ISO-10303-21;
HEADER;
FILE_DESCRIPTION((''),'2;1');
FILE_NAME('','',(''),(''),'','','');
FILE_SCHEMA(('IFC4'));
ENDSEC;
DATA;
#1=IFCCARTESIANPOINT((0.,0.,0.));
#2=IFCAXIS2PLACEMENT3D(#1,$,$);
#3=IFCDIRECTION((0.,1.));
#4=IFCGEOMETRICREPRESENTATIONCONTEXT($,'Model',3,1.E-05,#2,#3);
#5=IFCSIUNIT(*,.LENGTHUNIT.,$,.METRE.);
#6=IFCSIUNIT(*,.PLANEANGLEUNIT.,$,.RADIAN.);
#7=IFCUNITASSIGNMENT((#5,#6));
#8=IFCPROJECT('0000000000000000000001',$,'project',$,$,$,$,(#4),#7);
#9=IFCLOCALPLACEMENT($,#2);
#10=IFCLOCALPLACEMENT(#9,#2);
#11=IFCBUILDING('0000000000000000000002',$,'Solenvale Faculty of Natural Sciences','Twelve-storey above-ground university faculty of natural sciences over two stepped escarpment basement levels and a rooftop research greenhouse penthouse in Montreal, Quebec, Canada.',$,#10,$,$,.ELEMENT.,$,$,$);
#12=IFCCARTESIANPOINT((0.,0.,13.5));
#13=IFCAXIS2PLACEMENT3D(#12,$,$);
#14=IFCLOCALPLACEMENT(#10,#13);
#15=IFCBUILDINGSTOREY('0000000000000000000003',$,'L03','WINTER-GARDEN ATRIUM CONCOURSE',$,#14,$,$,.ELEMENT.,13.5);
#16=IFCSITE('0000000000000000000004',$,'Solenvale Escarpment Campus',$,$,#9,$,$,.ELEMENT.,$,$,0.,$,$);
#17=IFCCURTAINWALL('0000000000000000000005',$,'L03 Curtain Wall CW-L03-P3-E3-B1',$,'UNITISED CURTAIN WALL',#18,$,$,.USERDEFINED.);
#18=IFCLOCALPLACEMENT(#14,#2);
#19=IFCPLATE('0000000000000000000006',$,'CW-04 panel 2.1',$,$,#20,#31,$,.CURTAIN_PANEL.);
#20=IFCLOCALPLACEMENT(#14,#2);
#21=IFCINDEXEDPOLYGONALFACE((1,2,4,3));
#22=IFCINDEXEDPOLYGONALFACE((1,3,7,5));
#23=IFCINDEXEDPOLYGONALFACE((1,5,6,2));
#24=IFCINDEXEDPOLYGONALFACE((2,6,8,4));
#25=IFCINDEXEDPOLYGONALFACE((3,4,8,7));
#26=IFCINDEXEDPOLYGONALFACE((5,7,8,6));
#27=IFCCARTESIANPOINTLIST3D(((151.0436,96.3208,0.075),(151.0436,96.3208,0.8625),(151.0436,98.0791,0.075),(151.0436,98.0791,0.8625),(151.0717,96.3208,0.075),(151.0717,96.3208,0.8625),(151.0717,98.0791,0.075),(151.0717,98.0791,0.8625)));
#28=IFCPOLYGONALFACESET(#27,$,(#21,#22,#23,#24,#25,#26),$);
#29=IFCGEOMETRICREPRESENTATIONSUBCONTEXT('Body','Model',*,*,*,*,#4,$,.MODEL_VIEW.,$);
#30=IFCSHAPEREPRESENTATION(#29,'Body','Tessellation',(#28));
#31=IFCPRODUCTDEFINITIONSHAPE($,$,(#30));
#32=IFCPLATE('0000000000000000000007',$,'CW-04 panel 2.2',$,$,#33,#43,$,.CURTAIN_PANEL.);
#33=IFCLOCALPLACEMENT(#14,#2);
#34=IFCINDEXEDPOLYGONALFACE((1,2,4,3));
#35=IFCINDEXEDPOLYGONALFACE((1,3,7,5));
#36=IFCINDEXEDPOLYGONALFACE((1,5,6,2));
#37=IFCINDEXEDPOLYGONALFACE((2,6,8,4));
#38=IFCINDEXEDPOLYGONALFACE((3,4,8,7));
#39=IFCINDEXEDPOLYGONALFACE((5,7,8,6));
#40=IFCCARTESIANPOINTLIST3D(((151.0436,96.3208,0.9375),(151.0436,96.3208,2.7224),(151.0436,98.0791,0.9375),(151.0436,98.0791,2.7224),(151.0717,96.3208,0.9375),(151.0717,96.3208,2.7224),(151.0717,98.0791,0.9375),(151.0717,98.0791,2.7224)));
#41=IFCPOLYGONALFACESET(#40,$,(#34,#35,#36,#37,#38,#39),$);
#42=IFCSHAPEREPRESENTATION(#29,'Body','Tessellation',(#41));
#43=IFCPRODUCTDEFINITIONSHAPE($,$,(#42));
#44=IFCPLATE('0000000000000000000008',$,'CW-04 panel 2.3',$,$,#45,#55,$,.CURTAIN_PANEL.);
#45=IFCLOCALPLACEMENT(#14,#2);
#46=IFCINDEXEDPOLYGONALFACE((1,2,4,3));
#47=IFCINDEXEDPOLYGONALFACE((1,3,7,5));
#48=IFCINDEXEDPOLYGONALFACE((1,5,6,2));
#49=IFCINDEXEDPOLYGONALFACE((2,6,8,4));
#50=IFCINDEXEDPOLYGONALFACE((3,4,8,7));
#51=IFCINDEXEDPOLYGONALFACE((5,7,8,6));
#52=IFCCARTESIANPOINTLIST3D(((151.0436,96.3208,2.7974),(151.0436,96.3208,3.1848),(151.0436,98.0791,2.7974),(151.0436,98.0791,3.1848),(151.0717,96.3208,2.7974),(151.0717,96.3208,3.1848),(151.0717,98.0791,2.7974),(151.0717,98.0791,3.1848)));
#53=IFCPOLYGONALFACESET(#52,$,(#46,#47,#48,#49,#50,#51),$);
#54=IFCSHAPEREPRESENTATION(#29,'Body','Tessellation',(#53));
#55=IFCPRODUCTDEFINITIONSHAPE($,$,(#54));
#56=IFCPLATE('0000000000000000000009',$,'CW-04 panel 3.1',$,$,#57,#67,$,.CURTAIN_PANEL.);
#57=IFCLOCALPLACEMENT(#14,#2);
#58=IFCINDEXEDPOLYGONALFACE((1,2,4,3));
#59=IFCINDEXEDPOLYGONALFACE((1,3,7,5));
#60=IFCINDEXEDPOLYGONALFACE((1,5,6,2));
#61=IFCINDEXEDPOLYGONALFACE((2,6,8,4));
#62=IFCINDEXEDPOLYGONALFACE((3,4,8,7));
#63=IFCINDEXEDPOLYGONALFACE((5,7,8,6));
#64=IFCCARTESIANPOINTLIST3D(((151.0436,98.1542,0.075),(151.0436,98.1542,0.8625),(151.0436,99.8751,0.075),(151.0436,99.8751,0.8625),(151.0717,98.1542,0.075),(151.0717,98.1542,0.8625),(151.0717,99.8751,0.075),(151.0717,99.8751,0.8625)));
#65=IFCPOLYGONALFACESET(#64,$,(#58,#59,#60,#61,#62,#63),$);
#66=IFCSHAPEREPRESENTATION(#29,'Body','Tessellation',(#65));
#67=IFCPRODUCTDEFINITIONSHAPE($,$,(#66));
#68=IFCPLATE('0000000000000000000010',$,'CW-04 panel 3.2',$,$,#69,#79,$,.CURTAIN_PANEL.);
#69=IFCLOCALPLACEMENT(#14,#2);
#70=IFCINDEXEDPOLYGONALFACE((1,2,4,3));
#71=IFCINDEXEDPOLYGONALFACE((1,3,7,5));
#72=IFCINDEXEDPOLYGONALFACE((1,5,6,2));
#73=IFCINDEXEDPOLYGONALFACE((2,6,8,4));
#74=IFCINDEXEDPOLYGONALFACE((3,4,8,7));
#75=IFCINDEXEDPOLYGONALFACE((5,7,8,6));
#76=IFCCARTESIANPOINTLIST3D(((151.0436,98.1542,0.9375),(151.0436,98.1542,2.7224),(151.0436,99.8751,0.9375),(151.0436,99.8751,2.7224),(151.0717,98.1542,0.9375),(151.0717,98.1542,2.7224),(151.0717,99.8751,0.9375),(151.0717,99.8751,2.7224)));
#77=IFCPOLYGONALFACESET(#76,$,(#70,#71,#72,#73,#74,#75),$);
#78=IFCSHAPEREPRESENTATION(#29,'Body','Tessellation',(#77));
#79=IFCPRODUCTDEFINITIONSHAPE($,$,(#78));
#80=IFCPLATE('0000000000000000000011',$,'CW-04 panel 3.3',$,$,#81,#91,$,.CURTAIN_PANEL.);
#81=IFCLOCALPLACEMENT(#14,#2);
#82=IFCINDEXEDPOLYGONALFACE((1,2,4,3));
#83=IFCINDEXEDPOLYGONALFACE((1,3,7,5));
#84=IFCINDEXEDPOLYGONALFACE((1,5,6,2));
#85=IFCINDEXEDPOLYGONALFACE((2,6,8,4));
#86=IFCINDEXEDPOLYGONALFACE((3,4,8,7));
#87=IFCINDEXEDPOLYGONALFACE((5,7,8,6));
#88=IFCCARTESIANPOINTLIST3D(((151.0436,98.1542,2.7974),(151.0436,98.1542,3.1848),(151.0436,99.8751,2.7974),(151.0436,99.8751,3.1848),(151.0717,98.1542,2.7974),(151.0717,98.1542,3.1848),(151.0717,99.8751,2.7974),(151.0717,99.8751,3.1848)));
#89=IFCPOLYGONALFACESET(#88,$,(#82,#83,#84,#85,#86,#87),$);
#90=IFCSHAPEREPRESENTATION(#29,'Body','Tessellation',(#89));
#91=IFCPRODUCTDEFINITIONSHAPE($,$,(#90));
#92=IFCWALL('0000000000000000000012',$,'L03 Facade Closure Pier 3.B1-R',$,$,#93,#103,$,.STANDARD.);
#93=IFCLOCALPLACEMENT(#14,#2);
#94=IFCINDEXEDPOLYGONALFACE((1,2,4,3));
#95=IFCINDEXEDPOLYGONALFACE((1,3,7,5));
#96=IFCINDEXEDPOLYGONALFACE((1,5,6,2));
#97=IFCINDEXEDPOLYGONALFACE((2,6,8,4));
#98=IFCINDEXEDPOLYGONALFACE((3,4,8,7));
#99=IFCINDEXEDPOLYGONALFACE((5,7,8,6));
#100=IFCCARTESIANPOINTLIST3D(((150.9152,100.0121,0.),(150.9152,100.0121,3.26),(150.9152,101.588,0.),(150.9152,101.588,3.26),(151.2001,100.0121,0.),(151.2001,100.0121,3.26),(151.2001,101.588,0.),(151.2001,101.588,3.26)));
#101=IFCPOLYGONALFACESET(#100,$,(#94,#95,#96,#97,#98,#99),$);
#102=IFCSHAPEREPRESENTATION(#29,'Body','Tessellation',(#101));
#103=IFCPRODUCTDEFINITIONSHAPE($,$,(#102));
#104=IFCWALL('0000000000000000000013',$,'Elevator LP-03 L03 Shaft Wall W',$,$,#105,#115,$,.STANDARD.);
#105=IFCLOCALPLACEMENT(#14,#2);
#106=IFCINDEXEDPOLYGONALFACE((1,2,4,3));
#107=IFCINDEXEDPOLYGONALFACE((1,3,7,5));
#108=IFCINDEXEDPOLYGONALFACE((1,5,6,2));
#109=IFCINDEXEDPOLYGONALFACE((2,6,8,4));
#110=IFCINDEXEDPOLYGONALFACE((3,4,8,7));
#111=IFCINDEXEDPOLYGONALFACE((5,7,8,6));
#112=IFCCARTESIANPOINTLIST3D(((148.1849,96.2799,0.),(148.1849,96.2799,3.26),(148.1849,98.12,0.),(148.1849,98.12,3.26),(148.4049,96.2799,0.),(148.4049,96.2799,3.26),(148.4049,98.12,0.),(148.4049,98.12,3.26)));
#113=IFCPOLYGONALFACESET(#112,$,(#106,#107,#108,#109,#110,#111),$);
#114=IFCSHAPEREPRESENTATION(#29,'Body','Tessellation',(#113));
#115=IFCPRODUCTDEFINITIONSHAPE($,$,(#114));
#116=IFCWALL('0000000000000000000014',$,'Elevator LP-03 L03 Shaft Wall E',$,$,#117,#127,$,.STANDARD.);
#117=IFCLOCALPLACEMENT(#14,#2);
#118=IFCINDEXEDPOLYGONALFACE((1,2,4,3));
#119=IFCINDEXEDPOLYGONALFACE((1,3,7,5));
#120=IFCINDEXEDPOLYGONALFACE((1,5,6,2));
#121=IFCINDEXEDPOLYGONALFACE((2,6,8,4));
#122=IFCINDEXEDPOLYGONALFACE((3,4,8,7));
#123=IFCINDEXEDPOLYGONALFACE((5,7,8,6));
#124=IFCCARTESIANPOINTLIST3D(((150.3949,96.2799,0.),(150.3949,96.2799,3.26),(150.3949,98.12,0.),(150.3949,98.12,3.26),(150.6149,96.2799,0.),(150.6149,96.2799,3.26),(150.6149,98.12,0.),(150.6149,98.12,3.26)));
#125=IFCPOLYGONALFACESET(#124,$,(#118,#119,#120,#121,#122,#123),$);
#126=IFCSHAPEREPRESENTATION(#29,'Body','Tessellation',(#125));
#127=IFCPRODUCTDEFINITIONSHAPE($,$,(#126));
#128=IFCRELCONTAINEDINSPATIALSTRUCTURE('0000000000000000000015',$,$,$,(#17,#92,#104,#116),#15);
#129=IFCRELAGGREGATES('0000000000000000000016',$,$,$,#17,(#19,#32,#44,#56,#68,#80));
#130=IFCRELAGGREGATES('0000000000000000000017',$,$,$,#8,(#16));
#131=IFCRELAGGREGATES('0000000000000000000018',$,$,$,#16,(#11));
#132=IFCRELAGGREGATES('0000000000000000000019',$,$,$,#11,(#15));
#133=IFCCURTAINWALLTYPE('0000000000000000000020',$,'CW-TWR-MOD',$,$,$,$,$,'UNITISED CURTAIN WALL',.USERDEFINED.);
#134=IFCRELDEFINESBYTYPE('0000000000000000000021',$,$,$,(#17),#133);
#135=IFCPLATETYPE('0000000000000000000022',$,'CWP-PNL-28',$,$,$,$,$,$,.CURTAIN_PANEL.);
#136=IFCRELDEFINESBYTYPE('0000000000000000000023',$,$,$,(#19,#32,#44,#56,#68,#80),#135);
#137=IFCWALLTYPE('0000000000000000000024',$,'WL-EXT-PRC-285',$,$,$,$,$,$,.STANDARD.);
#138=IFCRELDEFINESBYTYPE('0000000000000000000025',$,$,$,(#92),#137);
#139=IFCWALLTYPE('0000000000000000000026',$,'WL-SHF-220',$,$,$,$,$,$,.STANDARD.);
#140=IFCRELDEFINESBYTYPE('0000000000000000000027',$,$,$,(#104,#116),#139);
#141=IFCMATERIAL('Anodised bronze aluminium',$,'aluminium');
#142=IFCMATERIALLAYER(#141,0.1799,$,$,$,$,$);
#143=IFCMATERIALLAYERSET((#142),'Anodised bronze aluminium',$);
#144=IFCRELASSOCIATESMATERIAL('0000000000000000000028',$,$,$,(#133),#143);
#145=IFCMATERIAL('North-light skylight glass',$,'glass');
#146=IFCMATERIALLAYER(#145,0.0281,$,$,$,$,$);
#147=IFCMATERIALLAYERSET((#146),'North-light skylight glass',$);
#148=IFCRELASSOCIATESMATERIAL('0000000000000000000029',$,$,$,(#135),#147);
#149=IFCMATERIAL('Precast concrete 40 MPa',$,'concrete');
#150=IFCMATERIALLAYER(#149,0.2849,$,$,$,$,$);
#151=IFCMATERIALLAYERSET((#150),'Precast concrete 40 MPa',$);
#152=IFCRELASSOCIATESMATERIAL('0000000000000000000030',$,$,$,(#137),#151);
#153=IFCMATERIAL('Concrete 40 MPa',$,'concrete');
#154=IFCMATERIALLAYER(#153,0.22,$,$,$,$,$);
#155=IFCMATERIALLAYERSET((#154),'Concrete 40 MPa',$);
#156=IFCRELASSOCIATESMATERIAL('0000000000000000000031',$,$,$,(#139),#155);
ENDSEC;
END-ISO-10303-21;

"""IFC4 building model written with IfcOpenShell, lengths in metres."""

from ifc_helpers import new_model, si_unit, direction, frame, frame_2d, origin, origin_2d, place, context, subcontext, project, spatial, rectangle, extrude, material, layer, layer_set, type_object, element, aggregate, save


model = new_model("IFC4")

# Units and contexts
model_context = context("Model", 3, precision=1e-05, world=origin(), true_north=direction((0.0, 1.0)))
body_context = subcontext(model_context, "Body", "Model", "MODEL_VIEW")
ifc_project = project(units=[si_unit("LENGTHUNIT", "METRE"), si_unit("PLANEANGLEUNIT", "RADIAN")], contexts=[model_context])

# Site, building, storey
site_placement = place(None, origin())
site = spatial("IfcSite", under=ifc_project, at=site_placement, Name="Solenvale Escarpment Campus", CompositionType="ELEMENT", RefElevation=0.0)
building_placement = place(site_placement, origin())
building = spatial("IfcBuilding", under=site, at=building_placement, Name="Solenvale Faculty of Natural Sciences", Description="Twelve-storey above-ground university faculty of natural sciences over two stepped escarpment basement levels and a rooftop research greenhouse penthouse in Montreal, Quebec, Canada.", CompositionType="ELEMENT")
storey_placement = place(building_placement, frame((0.0, 0.0, 13.5)))
storey = spatial("IfcBuildingStorey", under=building, at=storey_placement, Name="L03", Description="WINTER-GARDEN ATRIUM CONCOURSE", CompositionType="ELEMENT", Elevation=13.5)

# Shared definitions
ifc_material_1 = material(Name="Concrete 40 MPa", Category="concrete")

# Curtain wall
ifc_material_2 = material(Name="Anodised bronze aluminium", Category="aluminium")
ifc_layer_1 = layer(ifc_material_2, 0.1799)
ifc_layer_set_1 = layer_set([ifc_layer_1], Name="Anodised bronze aluminium")
curtain_wall_type = type_object("IfcCurtainWallType", Name="CW-TWR-MOD", ElementType="UNITISED CURTAIN WALL", PredefinedType="USERDEFINED", material=ifc_layer_set_1)
curtain_wall_1_placement = place(storey_placement, origin())
curtain_wall_1 = element("IfcCurtainWall", 1, at=curtain_wall_1_placement, inside=storey, type_object=curtain_wall_type, Name="L03 Curtain Wall CW-L03-P3-E3-B1", ObjectType="UNITISED CURTAIN WALL", PredefinedType="USERDEFINED")

# Plates
ifc_material_3 = material(Name="North-light skylight glass", Category="glass")
ifc_layer_2 = layer(ifc_material_3, 0.0281)
ifc_layer_set_2 = layer_set([ifc_layer_2], Name="North-light skylight glass")
plate_type = type_object("IfcPlateType", Name="CWP-PNL-28", PredefinedType="CURTAIN_PANEL", material=ifc_layer_set_2)
plate_1_placement = place(storey_placement, frame((151.0576, 97.2, 0.075), z_axis=(0.0, 0.0, 1.0), x_axis=(0.0, 1.0, 0.0)))
plate_1 = element("IfcPlate", 2, at=plate_1_placement, type_object=plate_type, Name="CW-04 panel 2.1", PredefinedType="CURTAIN_PANEL", context=body_context, shape_type="SweptSolid", body=[
    extrude(rectangle(XDim=1.7583, YDim=0.0281, at=origin_2d()), origin(), (0.0, 0.0, 1.0), 0.7876),
])
plate_2_placement = place(storey_placement, frame((151.0576, 97.2, 0.9375), z_axis=(0.0, 0.0, 1.0), x_axis=(0.0, 1.0, 0.0)))
plate_2 = element("IfcPlate", 3, at=plate_2_placement, type_object=plate_type, Name="CW-04 panel 2.2", PredefinedType="CURTAIN_PANEL", context=body_context, shape_type="SweptSolid", body=[
    extrude(rectangle(XDim=1.7583, YDim=0.0281, at=origin_2d()), origin(), (0.0, 0.0, 1.0), 1.7849),
])
plate_3_placement = place(storey_placement, frame((151.0576, 97.2, 2.7974), z_axis=(0.0, 0.0, 1.0), x_axis=(0.0, 1.0, 0.0)))
plate_3 = element("IfcPlate", 4, at=plate_3_placement, type_object=plate_type, Name="CW-04 panel 2.3", PredefinedType="CURTAIN_PANEL", context=body_context, shape_type="SweptSolid", body=[
    extrude(rectangle(XDim=1.7583, YDim=0.0281, at=origin_2d()), origin(), (0.0, 0.0, 1.0), 0.3875),
])
plate_4_placement = place(storey_placement, frame((151.0576, 99.0146, 0.075), z_axis=(0.0, 0.0, 1.0), x_axis=(0.0, 1.0, 0.0)))
plate_4 = element("IfcPlate", 5, at=plate_4_placement, type_object=plate_type, Name="CW-04 panel 3.1", PredefinedType="CURTAIN_PANEL", context=body_context, shape_type="SweptSolid", body=[
    extrude(rectangle(XDim=1.7209, YDim=0.0281, at=origin_2d()), origin(), (0.0, 0.0, 1.0), 0.7876),
])
plate_5_placement = place(storey_placement, frame((151.0576, 99.0146, 0.9375), z_axis=(0.0, 0.0, 1.0), x_axis=(0.0, 1.0, 0.0)))
plate_5 = element("IfcPlate", 6, at=plate_5_placement, type_object=plate_type, Name="CW-04 panel 3.2", PredefinedType="CURTAIN_PANEL", context=body_context, shape_type="SweptSolid", body=[
    extrude(rectangle(XDim=1.7209, YDim=0.0281, at=origin_2d()), origin(), (0.0, 0.0, 1.0), 1.7849),
])
plate_6_placement = place(storey_placement, frame((151.0576, 99.0146, 2.7974), z_axis=(0.0, 0.0, 1.0), x_axis=(0.0, 1.0, 0.0)))
plate_6 = element("IfcPlate", 7, at=plate_6_placement, type_object=plate_type, Name="CW-04 panel 3.3", PredefinedType="CURTAIN_PANEL", context=body_context, shape_type="SweptSolid", body=[
    extrude(rectangle(XDim=1.7209, YDim=0.0281, at=origin_2d()), origin(), (0.0, 0.0, 1.0), 0.3875),
])
aggregate(curtain_wall_1, [plate_1, plate_2, plate_3, plate_4, plate_5, plate_6])

# Wall
ifc_material_4 = material(Name="Precast concrete 40 MPa", Category="concrete")
ifc_layer_3 = layer(ifc_material_4, 0.2849)
ifc_layer_set_3 = layer_set([ifc_layer_3], Name="Precast concrete 40 MPa")
wall_type_1 = type_object("IfcWallType", Name="WL-EXT-PRC-285", PredefinedType="STANDARD", material=ifc_layer_set_3)
wall_1_placement = place(storey_placement, frame((151.0576, 100.012, 0.0), z_axis=(0.0, 0.0, 1.0), x_axis=(0.0, 1.0, 0.0)))
element("IfcWall", 8, at=wall_1_placement, inside=storey, type_object=wall_type_1, Name="L03 Facade Closure Pier 3.B1-R", PredefinedType="STANDARD", context=body_context, shape_type="SweptSolid", body=[
    extrude(rectangle(XDim=1.5759, YDim=0.2849, at=frame_2d((0.7881, 0.0))), origin(), (0.0, 0.0, 1.0), 3.26),
])

# Shared definitions
ifc_layer_4 = layer(ifc_material_1, 0.22)
ifc_layer_set_4 = layer_set([ifc_layer_4], Name="Concrete 40 MPa")
wall_type_2 = type_object("IfcWallType", Name="WL-SHF-220", PredefinedType="STANDARD", material=ifc_layer_set_4)

# Walls
for number, where, z_axis, x_axis, name in (
    (9, (148.2949, 96.28, 0.0), (0.0, 0.0, 1.0), (0.0, 1.0, 0.0), "Elevator LP-03 L03 Shaft Wall W"),
    (10, (150.5049, 96.28, 0.0), (0.0, 0.0, 1.0), (0.0, 1.0, 0.0), "Elevator LP-03 L03 Shaft Wall E"),
):
    element("IfcWall", number, at=place(storey_placement, frame(where, z_axis=z_axis, x_axis=x_axis)), inside=storey, type_object=wall_type_2, Name=name, PredefinedType="STANDARD", context=body_context, shape_type="SweptSolid", body=[
        extrude(rectangle(XDim=1.8401, YDim=0.22, at=frame_2d((0.9199, 0.0))), origin(), (0.0, 0.0, 1.0), 3.26),
    ])

save(model, "model.ifc")
